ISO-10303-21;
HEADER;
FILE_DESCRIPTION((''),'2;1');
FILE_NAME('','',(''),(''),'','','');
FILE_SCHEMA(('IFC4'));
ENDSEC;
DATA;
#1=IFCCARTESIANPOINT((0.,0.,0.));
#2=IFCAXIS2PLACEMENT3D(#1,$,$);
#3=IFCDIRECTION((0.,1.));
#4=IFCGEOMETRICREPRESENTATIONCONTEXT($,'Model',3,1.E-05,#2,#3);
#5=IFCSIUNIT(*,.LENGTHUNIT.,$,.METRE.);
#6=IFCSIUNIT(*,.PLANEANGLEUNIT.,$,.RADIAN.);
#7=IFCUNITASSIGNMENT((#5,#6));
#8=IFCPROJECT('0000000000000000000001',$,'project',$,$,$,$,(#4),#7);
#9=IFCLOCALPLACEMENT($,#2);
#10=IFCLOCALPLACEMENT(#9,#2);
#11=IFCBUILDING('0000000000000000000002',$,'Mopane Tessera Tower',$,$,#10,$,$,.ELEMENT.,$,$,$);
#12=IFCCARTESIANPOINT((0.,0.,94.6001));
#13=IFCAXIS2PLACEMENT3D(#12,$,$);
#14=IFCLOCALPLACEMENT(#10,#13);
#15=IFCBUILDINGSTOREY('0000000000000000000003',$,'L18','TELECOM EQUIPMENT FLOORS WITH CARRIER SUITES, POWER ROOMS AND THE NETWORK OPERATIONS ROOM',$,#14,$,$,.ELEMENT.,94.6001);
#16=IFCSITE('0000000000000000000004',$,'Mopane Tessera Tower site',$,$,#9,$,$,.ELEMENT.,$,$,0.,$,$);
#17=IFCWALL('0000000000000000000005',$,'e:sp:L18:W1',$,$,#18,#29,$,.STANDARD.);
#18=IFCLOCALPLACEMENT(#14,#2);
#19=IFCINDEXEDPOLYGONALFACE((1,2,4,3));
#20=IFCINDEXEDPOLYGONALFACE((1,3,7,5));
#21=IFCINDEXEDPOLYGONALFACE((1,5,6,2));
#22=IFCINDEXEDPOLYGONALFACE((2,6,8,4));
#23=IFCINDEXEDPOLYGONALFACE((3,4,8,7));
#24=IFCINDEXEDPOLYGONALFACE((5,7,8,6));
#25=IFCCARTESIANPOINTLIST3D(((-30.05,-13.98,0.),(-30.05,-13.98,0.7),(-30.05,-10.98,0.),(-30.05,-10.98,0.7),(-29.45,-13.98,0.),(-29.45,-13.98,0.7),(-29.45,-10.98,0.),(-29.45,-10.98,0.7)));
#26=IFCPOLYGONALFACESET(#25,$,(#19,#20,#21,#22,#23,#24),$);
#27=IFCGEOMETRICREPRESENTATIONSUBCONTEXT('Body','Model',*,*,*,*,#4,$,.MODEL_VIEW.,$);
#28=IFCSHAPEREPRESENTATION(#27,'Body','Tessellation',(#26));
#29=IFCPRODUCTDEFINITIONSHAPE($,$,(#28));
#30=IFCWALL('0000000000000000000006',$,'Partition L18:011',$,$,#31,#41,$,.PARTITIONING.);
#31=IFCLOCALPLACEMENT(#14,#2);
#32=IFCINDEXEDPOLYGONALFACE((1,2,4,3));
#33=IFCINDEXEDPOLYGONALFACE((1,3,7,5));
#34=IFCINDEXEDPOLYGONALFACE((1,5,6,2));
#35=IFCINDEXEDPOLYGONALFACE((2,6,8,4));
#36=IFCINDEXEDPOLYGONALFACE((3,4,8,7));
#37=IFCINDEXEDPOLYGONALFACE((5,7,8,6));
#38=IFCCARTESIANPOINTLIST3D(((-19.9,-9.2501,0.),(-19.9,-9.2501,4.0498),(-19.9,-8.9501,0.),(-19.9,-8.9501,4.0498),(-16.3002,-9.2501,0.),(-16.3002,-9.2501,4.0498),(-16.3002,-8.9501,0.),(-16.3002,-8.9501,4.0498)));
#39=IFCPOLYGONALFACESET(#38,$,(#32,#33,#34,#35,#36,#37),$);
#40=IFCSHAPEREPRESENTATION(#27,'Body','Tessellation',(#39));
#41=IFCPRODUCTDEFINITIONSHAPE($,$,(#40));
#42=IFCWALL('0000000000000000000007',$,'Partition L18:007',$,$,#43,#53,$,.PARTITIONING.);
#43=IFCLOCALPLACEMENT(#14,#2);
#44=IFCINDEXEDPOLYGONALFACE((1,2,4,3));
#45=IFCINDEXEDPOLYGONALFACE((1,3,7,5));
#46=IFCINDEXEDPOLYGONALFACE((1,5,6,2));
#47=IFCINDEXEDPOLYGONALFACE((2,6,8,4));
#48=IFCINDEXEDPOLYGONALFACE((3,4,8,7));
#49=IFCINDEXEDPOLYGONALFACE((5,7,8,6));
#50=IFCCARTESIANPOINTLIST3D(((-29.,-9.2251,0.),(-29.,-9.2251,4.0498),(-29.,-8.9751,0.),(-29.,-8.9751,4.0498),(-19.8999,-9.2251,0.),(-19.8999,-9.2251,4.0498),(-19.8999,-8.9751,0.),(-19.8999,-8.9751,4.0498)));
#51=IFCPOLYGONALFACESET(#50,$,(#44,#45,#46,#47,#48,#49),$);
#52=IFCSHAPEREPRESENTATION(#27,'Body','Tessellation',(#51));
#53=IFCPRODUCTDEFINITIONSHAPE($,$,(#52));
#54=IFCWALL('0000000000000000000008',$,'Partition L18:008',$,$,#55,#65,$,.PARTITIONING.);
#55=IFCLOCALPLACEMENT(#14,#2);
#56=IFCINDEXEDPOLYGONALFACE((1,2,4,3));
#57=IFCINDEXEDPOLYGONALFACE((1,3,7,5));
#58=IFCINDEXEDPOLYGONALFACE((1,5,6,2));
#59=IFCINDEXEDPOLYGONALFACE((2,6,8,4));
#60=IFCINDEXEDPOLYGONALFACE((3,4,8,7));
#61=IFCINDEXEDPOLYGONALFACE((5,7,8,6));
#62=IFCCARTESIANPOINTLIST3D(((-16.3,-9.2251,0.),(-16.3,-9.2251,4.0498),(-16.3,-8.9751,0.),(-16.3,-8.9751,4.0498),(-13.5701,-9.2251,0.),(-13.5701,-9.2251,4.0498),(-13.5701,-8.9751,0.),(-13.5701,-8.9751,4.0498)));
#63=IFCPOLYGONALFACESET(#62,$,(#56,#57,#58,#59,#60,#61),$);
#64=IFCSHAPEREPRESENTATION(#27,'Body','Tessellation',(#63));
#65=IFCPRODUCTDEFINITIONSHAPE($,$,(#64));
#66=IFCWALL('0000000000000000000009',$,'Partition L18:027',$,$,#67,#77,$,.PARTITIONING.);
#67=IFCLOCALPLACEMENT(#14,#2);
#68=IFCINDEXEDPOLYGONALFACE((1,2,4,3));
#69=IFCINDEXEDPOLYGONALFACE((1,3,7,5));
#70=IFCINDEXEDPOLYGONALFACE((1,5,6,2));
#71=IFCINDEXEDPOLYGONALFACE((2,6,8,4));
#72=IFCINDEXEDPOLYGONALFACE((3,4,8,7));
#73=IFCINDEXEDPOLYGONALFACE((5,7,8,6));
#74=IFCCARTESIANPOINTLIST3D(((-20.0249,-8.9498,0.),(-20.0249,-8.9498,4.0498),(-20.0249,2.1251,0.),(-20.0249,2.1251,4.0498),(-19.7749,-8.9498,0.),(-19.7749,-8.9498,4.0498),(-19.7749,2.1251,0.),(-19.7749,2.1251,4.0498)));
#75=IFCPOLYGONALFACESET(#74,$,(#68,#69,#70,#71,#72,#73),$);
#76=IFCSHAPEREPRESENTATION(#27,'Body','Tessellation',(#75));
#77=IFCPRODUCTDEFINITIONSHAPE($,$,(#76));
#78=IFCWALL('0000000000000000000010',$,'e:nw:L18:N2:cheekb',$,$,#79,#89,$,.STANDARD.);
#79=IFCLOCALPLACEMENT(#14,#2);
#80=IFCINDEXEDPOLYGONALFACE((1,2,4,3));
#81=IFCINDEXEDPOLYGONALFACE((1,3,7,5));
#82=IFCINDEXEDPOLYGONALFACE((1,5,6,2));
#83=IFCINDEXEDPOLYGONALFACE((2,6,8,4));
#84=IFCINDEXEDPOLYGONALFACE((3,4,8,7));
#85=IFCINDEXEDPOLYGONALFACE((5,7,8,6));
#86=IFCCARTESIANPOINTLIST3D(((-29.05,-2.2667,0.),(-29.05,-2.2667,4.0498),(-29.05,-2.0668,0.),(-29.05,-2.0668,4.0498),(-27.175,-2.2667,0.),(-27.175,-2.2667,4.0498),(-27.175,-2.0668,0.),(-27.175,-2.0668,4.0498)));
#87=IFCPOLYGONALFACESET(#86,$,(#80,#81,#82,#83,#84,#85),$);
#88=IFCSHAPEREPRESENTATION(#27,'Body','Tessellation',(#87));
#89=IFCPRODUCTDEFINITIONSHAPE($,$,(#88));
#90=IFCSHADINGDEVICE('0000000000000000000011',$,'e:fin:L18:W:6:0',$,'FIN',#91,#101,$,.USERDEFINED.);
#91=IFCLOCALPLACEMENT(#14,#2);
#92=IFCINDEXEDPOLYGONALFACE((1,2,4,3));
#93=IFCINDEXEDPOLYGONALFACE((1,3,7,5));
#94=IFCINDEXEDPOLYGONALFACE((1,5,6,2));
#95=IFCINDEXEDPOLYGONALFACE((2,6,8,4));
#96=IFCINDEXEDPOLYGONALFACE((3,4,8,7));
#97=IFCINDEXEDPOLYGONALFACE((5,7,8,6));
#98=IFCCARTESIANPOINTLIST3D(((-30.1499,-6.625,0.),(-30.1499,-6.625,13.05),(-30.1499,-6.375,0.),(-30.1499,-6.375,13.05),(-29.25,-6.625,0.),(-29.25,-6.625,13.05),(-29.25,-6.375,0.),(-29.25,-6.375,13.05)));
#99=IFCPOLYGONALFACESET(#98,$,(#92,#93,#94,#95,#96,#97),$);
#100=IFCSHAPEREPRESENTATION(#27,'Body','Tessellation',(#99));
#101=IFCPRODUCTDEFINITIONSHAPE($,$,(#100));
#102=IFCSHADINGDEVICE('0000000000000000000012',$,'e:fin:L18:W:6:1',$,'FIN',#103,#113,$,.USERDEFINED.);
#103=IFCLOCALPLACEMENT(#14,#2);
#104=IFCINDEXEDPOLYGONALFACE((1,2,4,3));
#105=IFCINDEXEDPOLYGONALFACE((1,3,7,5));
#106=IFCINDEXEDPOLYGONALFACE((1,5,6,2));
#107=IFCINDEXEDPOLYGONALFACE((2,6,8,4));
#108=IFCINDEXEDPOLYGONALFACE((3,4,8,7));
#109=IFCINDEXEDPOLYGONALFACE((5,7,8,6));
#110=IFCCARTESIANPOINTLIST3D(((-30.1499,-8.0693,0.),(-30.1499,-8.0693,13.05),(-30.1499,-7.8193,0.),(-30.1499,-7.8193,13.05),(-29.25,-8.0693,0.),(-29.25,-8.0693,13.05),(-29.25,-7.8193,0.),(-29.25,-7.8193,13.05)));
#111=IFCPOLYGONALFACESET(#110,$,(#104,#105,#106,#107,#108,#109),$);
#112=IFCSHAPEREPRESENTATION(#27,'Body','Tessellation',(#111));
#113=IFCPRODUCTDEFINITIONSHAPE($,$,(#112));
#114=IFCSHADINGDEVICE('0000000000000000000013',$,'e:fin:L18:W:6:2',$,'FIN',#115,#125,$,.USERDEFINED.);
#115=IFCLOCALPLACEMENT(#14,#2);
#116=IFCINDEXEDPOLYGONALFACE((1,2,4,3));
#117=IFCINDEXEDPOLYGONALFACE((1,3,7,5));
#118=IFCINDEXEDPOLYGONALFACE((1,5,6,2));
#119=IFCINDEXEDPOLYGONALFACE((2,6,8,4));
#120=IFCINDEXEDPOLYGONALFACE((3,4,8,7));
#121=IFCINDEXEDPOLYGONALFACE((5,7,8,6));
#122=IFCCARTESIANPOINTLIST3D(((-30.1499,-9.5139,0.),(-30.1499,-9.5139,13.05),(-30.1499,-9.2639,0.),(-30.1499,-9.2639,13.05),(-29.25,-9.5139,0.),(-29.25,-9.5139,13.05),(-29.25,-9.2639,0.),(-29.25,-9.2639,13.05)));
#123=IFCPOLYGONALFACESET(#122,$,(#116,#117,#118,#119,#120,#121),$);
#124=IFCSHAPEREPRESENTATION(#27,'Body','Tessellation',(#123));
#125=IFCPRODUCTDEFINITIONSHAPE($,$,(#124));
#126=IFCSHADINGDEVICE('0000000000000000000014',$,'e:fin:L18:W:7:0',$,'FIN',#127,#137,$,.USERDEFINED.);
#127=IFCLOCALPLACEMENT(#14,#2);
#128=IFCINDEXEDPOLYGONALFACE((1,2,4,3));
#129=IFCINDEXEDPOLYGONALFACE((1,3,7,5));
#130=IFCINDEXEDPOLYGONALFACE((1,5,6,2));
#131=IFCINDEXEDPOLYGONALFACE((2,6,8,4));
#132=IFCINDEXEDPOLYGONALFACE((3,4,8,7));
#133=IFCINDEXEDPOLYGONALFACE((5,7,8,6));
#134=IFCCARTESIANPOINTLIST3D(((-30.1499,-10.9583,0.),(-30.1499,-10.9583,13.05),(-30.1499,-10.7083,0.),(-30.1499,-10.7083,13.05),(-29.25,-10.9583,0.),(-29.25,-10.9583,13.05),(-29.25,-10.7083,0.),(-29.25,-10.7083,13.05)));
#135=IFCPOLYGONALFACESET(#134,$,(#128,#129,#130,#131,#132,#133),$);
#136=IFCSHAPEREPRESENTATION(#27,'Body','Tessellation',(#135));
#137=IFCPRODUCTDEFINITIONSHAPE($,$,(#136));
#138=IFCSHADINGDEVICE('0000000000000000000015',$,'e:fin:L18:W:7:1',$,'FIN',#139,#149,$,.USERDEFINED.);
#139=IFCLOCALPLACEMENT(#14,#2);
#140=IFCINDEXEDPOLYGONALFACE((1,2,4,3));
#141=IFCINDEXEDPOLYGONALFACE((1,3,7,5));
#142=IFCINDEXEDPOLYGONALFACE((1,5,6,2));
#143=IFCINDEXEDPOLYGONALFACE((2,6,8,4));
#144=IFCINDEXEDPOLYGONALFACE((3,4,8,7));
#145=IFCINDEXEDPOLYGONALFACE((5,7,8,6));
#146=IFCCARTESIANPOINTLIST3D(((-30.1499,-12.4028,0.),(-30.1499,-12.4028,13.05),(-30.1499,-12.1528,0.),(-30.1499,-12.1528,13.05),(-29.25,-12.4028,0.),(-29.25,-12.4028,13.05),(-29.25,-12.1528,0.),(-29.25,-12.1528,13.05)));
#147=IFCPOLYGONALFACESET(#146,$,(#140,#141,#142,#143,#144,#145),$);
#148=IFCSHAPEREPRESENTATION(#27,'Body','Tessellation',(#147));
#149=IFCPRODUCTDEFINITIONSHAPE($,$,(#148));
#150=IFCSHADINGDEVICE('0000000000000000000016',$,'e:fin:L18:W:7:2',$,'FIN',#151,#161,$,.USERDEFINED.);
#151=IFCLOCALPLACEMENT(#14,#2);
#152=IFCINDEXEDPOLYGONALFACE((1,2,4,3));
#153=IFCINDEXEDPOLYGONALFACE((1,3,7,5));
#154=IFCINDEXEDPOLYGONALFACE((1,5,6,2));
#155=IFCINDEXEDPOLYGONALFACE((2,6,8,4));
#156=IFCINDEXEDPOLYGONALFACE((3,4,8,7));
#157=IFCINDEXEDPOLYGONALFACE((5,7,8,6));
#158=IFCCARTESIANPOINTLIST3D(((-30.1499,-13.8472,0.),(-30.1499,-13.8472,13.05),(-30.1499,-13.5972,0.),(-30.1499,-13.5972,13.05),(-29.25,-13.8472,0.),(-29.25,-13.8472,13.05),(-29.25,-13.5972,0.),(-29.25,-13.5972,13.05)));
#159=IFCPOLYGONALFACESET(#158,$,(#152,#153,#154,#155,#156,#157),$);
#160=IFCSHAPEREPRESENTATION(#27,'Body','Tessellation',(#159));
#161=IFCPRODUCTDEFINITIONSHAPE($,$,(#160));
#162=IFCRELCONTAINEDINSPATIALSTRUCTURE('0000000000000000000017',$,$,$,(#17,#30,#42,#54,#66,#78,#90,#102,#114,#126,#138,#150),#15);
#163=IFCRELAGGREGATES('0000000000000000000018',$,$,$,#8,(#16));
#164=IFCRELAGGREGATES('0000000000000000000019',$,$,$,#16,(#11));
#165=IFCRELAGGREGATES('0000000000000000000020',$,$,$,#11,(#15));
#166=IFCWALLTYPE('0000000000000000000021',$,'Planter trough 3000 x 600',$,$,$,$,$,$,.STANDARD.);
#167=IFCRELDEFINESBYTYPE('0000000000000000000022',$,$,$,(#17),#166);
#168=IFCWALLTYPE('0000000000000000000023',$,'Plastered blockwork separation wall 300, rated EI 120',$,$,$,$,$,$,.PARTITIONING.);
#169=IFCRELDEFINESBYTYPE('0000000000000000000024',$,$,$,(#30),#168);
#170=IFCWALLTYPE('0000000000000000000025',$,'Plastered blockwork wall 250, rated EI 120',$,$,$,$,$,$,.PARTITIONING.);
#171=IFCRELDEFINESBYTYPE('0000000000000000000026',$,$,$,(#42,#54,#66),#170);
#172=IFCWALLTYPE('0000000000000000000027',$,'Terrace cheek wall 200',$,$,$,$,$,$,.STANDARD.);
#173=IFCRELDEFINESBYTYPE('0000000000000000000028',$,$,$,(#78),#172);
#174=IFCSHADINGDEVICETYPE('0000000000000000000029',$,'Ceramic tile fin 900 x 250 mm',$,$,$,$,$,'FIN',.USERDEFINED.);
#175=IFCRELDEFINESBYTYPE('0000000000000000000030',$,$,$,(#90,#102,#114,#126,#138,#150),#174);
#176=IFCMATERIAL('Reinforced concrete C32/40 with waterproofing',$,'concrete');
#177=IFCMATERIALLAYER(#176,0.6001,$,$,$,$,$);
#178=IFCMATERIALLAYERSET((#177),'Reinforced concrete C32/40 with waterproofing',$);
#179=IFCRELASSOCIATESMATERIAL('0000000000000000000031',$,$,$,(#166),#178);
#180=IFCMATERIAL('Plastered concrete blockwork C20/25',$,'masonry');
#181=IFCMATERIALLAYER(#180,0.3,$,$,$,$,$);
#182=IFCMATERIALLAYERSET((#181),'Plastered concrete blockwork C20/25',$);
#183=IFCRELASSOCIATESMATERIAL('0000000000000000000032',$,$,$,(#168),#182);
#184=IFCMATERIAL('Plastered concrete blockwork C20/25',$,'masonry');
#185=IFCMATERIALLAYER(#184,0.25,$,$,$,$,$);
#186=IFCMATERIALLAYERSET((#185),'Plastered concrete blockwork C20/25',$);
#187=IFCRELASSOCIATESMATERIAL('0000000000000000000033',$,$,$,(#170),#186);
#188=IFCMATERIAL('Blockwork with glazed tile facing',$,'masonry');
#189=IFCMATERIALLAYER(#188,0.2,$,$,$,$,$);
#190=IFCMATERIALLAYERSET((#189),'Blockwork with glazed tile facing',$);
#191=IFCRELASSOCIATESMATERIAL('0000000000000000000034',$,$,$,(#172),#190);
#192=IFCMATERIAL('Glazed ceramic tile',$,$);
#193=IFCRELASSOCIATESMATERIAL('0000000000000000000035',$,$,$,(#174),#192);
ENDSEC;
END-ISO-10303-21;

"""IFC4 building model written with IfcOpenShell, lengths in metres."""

from ifc_helpers import new_model, si_unit, direction, frame, frame_2d, origin, origin_2d, place, context, subcontext, project, spatial, rectangle, extrude, material, layer, layer_set, type_object, element, save


model = new_model("IFC4")

# Units and contexts
model_context = context("Model", 3, precision=1e-05, world=origin(), true_north=direction((0.0, 1.0)))
body_context = subcontext(model_context, "Body", "Model", "MODEL_VIEW")
ifc_project = project(units=[si_unit("LENGTHUNIT", "METRE"), si_unit("PLANEANGLEUNIT", "RADIAN")], contexts=[model_context])

# Site, building, storey
site_placement = place(None, origin())
site = spatial("IfcSite", under=ifc_project, at=site_placement, Name="Mopane Tessera Tower site", CompositionType="ELEMENT", RefElevation=0.0)
building_placement = place(site_placement, origin())
building = spatial("IfcBuilding", under=site, at=building_placement, Name="Mopane Tessera Tower", CompositionType="ELEMENT")
storey_placement = place(building_placement, frame((0.0, 0.0, 94.6001)))
storey = spatial("IfcBuildingStorey", under=building, at=storey_placement, Name="L18", Description="TELECOM EQUIPMENT FLOORS WITH CARRIER SUITES, POWER ROOMS AND THE NETWORK OPERATIONS ROOM", CompositionType="ELEMENT", Elevation=94.6001)

# Walls
ifc_material_1 = material(Name="Reinforced concrete C32/40 with waterproofing", Category="concrete")
ifc_layer_1 = layer(ifc_material_1, 0.6001)
ifc_layer_set_1 = layer_set([ifc_layer_1], Name="Reinforced concrete C32/40 with waterproofing")
wall_type_1 = type_object("IfcWallType", Name="Planter trough 3000 x 600", PredefinedType="STANDARD", material=ifc_layer_set_1)
wall_1_placement = place(storey_placement, frame((-29.75, -10.98, 0.0), z_axis=(0.0, 0.0, 1.0), x_axis=(0.0, -1.0, 0.0)))
element("IfcWall", 1, at=wall_1_placement, inside=storey, type_object=wall_type_1, Name="e:sp:L18:W1", PredefinedType="STANDARD", context=body_context, shape_type="SweptSolid", body=[
    extrude(rectangle(XDim=3.0, YDim=0.6001, at=frame_2d((1.5, 0.0))), origin(), (0.0, 0.0, 1.0), 0.7),
])
ifc_material_2 = material(Name="Plastered concrete blockwork C20/25", Category="masonry")
ifc_layer_2 = layer(ifc_material_2, 0.3)
ifc_layer_set_2 = layer_set([ifc_layer_2], Name="Plastered concrete blockwork C20/25")
wall_type_2 = type_object("IfcWallType", Name="Plastered blockwork separation wall 300, rated EI 120", PredefinedType="PARTITIONING", material=ifc_layer_set_2)
wall_2_placement = place(storey_placement, frame((-19.8999, -9.1001, 0.0), z_axis=(0.0, 0.0, 1.0), x_axis=(1.0, 0.0, 0.0)))
element("IfcWall", 2, at=wall_2_placement, inside=storey, type_object=wall_type_2, Name="Partition L18:011", PredefinedType="PARTITIONING", context=body_context, shape_type="SweptSolid", body=[
    extrude(rectangle(XDim=3.5999, YDim=0.3, at=frame_2d((1.7998, 0.0))), origin(), (0.0, 0.0, 1.0), 4.0498),
])
ifc_material_3 = material(Name="Plastered concrete blockwork C20/25", Category="masonry")
ifc_layer_3 = layer(ifc_material_3, 0.25)
ifc_layer_set_3 = layer_set([ifc_layer_3], Name="Plastered concrete blockwork C20/25")
wall_type_3 = type_object("IfcWallType", Name="Plastered blockwork wall 250, rated EI 120", PredefinedType="PARTITIONING", material=ifc_layer_set_3)
wall_3_placement = place(storey_placement, frame((-29.0, -9.1001, 0.0), z_axis=(0.0, 0.0, 1.0), x_axis=(1.0, 0.0, 0.0)))
element("IfcWall", 3, at=wall_3_placement, inside=storey, type_object=wall_type_3, Name="Partition L18:007", PredefinedType="PARTITIONING", context=body_context, shape_type="SweptSolid", body=[
    extrude(rectangle(XDim=9.1001, YDim=0.25, at=frame_2d((4.55, 0.0))), origin(), (0.0, 0.0, 1.0), 4.0498),
])
wall_4_placement = place(storey_placement, frame((-16.3, -9.1001, 0.0), z_axis=(0.0, 0.0, 1.0), x_axis=(1.0, 0.0, 0.0)))
element("IfcWall", 4, at=wall_4_placement, inside=storey, type_object=wall_type_3, Name="Partition L18:008", PredefinedType="PARTITIONING", context=body_context, shape_type="SweptSolid", body=[
    extrude(rectangle(XDim=2.73, YDim=0.25, at=frame_2d((1.365, 0.0))), origin(), (0.0, 0.0, 1.0), 4.0498),
])
wall_5_placement = place(storey_placement, frame((-19.8999, -8.95, 0.0), z_axis=(0.0, 0.0, 1.0), x_axis=(0.0, 1.0, 0.0)))
element("IfcWall", 5, at=wall_5_placement, inside=storey, type_object=wall_type_3, Name="Partition L18:027", PredefinedType="PARTITIONING", context=body_context, shape_type="SweptSolid", body=[
    extrude(rectangle(XDim=11.075, YDim=0.25, at=frame_2d((5.5376, 0.0))), origin(), (0.0, 0.0, 1.0), 4.0498),
])
ifc_material_4 = material(Name="Blockwork with glazed tile facing", Category="masonry")
ifc_layer_4 = layer(ifc_material_4, 0.2)
ifc_layer_set_4 = layer_set([ifc_layer_4], Name="Blockwork with glazed tile facing")
wall_type_4 = type_object("IfcWallType", Name="Terrace cheek wall 200", PredefinedType="STANDARD", material=ifc_layer_set_4)
wall_6_placement = place(storey_placement, frame((-29.05, -2.1667, 0.0), z_axis=(0.0, 0.0, 1.0), x_axis=(1.0, 0.0, 0.0)))
element("IfcWall", 6, at=wall_6_placement, inside=storey, type_object=wall_type_4, Name="e:nw:L18:N2:cheekb", PredefinedType="STANDARD", context=body_context, shape_type="SweptSolid", body=[
    extrude(rectangle(XDim=1.875, YDim=0.2, at=frame_2d((0.9375, 0.0))), origin(), (0.0, 0.0, 1.0), 4.0498),
])

# Shading devices
ifc_material_5 = material(Name="Glazed ceramic tile")
shading_device_type = type_object("IfcShadingDeviceType", Name="Ceramic tile fin 900 x 250 mm", ElementType="FIN", PredefinedType="USERDEFINED", material=ifc_material_5)
for number, where, z_axis, x_axis, name in (
    (7, (-29.7, -6.5, 0.0), (0.0, 0.0, 1.0), (0.0, -1.0, 0.0), "e:fin:L18:W:6:0"),
    (8, (-29.7, -7.9443, 0.0), (0.0, 0.0, 1.0), (0.0, -1.0, 0.0), "e:fin:L18:W:6:1"),
    (9, (-29.7, -9.3889, 0.0), (0.0, 0.0, 1.0), (0.0, -1.0, 0.0), "e:fin:L18:W:6:2"),
    (10, (-29.7, -10.8333, 0.0), (0.0, 0.0, 1.0), (0.0, -1.0, 0.0), "e:fin:L18:W:7:0"),
    (11, (-29.7, -12.2778, 0.0), (0.0, 0.0, 1.0), (0.0, -1.0, 0.0), "e:fin:L18:W:7:1"),
    (12, (-29.7, -13.7222, 0.0), (0.0, 0.0, 1.0), (0.0, -1.0, 0.0), "e:fin:L18:W:7:2"),
):
    element("IfcShadingDevice", number, at=place(storey_placement, frame(where, z_axis=z_axis, x_axis=x_axis)), inside=storey, type_object=shading_device_type, Name=name, ObjectType="FIN", PredefinedType="USERDEFINED", context=body_context, shape_type="SweptSolid", body=[
        extrude(rectangle(XDim=0.25, YDim=0.8999, at=origin_2d()), origin(), (0.0, 0.0, 1.0), 13.05),
    ])

save(model, "model.ifc")
